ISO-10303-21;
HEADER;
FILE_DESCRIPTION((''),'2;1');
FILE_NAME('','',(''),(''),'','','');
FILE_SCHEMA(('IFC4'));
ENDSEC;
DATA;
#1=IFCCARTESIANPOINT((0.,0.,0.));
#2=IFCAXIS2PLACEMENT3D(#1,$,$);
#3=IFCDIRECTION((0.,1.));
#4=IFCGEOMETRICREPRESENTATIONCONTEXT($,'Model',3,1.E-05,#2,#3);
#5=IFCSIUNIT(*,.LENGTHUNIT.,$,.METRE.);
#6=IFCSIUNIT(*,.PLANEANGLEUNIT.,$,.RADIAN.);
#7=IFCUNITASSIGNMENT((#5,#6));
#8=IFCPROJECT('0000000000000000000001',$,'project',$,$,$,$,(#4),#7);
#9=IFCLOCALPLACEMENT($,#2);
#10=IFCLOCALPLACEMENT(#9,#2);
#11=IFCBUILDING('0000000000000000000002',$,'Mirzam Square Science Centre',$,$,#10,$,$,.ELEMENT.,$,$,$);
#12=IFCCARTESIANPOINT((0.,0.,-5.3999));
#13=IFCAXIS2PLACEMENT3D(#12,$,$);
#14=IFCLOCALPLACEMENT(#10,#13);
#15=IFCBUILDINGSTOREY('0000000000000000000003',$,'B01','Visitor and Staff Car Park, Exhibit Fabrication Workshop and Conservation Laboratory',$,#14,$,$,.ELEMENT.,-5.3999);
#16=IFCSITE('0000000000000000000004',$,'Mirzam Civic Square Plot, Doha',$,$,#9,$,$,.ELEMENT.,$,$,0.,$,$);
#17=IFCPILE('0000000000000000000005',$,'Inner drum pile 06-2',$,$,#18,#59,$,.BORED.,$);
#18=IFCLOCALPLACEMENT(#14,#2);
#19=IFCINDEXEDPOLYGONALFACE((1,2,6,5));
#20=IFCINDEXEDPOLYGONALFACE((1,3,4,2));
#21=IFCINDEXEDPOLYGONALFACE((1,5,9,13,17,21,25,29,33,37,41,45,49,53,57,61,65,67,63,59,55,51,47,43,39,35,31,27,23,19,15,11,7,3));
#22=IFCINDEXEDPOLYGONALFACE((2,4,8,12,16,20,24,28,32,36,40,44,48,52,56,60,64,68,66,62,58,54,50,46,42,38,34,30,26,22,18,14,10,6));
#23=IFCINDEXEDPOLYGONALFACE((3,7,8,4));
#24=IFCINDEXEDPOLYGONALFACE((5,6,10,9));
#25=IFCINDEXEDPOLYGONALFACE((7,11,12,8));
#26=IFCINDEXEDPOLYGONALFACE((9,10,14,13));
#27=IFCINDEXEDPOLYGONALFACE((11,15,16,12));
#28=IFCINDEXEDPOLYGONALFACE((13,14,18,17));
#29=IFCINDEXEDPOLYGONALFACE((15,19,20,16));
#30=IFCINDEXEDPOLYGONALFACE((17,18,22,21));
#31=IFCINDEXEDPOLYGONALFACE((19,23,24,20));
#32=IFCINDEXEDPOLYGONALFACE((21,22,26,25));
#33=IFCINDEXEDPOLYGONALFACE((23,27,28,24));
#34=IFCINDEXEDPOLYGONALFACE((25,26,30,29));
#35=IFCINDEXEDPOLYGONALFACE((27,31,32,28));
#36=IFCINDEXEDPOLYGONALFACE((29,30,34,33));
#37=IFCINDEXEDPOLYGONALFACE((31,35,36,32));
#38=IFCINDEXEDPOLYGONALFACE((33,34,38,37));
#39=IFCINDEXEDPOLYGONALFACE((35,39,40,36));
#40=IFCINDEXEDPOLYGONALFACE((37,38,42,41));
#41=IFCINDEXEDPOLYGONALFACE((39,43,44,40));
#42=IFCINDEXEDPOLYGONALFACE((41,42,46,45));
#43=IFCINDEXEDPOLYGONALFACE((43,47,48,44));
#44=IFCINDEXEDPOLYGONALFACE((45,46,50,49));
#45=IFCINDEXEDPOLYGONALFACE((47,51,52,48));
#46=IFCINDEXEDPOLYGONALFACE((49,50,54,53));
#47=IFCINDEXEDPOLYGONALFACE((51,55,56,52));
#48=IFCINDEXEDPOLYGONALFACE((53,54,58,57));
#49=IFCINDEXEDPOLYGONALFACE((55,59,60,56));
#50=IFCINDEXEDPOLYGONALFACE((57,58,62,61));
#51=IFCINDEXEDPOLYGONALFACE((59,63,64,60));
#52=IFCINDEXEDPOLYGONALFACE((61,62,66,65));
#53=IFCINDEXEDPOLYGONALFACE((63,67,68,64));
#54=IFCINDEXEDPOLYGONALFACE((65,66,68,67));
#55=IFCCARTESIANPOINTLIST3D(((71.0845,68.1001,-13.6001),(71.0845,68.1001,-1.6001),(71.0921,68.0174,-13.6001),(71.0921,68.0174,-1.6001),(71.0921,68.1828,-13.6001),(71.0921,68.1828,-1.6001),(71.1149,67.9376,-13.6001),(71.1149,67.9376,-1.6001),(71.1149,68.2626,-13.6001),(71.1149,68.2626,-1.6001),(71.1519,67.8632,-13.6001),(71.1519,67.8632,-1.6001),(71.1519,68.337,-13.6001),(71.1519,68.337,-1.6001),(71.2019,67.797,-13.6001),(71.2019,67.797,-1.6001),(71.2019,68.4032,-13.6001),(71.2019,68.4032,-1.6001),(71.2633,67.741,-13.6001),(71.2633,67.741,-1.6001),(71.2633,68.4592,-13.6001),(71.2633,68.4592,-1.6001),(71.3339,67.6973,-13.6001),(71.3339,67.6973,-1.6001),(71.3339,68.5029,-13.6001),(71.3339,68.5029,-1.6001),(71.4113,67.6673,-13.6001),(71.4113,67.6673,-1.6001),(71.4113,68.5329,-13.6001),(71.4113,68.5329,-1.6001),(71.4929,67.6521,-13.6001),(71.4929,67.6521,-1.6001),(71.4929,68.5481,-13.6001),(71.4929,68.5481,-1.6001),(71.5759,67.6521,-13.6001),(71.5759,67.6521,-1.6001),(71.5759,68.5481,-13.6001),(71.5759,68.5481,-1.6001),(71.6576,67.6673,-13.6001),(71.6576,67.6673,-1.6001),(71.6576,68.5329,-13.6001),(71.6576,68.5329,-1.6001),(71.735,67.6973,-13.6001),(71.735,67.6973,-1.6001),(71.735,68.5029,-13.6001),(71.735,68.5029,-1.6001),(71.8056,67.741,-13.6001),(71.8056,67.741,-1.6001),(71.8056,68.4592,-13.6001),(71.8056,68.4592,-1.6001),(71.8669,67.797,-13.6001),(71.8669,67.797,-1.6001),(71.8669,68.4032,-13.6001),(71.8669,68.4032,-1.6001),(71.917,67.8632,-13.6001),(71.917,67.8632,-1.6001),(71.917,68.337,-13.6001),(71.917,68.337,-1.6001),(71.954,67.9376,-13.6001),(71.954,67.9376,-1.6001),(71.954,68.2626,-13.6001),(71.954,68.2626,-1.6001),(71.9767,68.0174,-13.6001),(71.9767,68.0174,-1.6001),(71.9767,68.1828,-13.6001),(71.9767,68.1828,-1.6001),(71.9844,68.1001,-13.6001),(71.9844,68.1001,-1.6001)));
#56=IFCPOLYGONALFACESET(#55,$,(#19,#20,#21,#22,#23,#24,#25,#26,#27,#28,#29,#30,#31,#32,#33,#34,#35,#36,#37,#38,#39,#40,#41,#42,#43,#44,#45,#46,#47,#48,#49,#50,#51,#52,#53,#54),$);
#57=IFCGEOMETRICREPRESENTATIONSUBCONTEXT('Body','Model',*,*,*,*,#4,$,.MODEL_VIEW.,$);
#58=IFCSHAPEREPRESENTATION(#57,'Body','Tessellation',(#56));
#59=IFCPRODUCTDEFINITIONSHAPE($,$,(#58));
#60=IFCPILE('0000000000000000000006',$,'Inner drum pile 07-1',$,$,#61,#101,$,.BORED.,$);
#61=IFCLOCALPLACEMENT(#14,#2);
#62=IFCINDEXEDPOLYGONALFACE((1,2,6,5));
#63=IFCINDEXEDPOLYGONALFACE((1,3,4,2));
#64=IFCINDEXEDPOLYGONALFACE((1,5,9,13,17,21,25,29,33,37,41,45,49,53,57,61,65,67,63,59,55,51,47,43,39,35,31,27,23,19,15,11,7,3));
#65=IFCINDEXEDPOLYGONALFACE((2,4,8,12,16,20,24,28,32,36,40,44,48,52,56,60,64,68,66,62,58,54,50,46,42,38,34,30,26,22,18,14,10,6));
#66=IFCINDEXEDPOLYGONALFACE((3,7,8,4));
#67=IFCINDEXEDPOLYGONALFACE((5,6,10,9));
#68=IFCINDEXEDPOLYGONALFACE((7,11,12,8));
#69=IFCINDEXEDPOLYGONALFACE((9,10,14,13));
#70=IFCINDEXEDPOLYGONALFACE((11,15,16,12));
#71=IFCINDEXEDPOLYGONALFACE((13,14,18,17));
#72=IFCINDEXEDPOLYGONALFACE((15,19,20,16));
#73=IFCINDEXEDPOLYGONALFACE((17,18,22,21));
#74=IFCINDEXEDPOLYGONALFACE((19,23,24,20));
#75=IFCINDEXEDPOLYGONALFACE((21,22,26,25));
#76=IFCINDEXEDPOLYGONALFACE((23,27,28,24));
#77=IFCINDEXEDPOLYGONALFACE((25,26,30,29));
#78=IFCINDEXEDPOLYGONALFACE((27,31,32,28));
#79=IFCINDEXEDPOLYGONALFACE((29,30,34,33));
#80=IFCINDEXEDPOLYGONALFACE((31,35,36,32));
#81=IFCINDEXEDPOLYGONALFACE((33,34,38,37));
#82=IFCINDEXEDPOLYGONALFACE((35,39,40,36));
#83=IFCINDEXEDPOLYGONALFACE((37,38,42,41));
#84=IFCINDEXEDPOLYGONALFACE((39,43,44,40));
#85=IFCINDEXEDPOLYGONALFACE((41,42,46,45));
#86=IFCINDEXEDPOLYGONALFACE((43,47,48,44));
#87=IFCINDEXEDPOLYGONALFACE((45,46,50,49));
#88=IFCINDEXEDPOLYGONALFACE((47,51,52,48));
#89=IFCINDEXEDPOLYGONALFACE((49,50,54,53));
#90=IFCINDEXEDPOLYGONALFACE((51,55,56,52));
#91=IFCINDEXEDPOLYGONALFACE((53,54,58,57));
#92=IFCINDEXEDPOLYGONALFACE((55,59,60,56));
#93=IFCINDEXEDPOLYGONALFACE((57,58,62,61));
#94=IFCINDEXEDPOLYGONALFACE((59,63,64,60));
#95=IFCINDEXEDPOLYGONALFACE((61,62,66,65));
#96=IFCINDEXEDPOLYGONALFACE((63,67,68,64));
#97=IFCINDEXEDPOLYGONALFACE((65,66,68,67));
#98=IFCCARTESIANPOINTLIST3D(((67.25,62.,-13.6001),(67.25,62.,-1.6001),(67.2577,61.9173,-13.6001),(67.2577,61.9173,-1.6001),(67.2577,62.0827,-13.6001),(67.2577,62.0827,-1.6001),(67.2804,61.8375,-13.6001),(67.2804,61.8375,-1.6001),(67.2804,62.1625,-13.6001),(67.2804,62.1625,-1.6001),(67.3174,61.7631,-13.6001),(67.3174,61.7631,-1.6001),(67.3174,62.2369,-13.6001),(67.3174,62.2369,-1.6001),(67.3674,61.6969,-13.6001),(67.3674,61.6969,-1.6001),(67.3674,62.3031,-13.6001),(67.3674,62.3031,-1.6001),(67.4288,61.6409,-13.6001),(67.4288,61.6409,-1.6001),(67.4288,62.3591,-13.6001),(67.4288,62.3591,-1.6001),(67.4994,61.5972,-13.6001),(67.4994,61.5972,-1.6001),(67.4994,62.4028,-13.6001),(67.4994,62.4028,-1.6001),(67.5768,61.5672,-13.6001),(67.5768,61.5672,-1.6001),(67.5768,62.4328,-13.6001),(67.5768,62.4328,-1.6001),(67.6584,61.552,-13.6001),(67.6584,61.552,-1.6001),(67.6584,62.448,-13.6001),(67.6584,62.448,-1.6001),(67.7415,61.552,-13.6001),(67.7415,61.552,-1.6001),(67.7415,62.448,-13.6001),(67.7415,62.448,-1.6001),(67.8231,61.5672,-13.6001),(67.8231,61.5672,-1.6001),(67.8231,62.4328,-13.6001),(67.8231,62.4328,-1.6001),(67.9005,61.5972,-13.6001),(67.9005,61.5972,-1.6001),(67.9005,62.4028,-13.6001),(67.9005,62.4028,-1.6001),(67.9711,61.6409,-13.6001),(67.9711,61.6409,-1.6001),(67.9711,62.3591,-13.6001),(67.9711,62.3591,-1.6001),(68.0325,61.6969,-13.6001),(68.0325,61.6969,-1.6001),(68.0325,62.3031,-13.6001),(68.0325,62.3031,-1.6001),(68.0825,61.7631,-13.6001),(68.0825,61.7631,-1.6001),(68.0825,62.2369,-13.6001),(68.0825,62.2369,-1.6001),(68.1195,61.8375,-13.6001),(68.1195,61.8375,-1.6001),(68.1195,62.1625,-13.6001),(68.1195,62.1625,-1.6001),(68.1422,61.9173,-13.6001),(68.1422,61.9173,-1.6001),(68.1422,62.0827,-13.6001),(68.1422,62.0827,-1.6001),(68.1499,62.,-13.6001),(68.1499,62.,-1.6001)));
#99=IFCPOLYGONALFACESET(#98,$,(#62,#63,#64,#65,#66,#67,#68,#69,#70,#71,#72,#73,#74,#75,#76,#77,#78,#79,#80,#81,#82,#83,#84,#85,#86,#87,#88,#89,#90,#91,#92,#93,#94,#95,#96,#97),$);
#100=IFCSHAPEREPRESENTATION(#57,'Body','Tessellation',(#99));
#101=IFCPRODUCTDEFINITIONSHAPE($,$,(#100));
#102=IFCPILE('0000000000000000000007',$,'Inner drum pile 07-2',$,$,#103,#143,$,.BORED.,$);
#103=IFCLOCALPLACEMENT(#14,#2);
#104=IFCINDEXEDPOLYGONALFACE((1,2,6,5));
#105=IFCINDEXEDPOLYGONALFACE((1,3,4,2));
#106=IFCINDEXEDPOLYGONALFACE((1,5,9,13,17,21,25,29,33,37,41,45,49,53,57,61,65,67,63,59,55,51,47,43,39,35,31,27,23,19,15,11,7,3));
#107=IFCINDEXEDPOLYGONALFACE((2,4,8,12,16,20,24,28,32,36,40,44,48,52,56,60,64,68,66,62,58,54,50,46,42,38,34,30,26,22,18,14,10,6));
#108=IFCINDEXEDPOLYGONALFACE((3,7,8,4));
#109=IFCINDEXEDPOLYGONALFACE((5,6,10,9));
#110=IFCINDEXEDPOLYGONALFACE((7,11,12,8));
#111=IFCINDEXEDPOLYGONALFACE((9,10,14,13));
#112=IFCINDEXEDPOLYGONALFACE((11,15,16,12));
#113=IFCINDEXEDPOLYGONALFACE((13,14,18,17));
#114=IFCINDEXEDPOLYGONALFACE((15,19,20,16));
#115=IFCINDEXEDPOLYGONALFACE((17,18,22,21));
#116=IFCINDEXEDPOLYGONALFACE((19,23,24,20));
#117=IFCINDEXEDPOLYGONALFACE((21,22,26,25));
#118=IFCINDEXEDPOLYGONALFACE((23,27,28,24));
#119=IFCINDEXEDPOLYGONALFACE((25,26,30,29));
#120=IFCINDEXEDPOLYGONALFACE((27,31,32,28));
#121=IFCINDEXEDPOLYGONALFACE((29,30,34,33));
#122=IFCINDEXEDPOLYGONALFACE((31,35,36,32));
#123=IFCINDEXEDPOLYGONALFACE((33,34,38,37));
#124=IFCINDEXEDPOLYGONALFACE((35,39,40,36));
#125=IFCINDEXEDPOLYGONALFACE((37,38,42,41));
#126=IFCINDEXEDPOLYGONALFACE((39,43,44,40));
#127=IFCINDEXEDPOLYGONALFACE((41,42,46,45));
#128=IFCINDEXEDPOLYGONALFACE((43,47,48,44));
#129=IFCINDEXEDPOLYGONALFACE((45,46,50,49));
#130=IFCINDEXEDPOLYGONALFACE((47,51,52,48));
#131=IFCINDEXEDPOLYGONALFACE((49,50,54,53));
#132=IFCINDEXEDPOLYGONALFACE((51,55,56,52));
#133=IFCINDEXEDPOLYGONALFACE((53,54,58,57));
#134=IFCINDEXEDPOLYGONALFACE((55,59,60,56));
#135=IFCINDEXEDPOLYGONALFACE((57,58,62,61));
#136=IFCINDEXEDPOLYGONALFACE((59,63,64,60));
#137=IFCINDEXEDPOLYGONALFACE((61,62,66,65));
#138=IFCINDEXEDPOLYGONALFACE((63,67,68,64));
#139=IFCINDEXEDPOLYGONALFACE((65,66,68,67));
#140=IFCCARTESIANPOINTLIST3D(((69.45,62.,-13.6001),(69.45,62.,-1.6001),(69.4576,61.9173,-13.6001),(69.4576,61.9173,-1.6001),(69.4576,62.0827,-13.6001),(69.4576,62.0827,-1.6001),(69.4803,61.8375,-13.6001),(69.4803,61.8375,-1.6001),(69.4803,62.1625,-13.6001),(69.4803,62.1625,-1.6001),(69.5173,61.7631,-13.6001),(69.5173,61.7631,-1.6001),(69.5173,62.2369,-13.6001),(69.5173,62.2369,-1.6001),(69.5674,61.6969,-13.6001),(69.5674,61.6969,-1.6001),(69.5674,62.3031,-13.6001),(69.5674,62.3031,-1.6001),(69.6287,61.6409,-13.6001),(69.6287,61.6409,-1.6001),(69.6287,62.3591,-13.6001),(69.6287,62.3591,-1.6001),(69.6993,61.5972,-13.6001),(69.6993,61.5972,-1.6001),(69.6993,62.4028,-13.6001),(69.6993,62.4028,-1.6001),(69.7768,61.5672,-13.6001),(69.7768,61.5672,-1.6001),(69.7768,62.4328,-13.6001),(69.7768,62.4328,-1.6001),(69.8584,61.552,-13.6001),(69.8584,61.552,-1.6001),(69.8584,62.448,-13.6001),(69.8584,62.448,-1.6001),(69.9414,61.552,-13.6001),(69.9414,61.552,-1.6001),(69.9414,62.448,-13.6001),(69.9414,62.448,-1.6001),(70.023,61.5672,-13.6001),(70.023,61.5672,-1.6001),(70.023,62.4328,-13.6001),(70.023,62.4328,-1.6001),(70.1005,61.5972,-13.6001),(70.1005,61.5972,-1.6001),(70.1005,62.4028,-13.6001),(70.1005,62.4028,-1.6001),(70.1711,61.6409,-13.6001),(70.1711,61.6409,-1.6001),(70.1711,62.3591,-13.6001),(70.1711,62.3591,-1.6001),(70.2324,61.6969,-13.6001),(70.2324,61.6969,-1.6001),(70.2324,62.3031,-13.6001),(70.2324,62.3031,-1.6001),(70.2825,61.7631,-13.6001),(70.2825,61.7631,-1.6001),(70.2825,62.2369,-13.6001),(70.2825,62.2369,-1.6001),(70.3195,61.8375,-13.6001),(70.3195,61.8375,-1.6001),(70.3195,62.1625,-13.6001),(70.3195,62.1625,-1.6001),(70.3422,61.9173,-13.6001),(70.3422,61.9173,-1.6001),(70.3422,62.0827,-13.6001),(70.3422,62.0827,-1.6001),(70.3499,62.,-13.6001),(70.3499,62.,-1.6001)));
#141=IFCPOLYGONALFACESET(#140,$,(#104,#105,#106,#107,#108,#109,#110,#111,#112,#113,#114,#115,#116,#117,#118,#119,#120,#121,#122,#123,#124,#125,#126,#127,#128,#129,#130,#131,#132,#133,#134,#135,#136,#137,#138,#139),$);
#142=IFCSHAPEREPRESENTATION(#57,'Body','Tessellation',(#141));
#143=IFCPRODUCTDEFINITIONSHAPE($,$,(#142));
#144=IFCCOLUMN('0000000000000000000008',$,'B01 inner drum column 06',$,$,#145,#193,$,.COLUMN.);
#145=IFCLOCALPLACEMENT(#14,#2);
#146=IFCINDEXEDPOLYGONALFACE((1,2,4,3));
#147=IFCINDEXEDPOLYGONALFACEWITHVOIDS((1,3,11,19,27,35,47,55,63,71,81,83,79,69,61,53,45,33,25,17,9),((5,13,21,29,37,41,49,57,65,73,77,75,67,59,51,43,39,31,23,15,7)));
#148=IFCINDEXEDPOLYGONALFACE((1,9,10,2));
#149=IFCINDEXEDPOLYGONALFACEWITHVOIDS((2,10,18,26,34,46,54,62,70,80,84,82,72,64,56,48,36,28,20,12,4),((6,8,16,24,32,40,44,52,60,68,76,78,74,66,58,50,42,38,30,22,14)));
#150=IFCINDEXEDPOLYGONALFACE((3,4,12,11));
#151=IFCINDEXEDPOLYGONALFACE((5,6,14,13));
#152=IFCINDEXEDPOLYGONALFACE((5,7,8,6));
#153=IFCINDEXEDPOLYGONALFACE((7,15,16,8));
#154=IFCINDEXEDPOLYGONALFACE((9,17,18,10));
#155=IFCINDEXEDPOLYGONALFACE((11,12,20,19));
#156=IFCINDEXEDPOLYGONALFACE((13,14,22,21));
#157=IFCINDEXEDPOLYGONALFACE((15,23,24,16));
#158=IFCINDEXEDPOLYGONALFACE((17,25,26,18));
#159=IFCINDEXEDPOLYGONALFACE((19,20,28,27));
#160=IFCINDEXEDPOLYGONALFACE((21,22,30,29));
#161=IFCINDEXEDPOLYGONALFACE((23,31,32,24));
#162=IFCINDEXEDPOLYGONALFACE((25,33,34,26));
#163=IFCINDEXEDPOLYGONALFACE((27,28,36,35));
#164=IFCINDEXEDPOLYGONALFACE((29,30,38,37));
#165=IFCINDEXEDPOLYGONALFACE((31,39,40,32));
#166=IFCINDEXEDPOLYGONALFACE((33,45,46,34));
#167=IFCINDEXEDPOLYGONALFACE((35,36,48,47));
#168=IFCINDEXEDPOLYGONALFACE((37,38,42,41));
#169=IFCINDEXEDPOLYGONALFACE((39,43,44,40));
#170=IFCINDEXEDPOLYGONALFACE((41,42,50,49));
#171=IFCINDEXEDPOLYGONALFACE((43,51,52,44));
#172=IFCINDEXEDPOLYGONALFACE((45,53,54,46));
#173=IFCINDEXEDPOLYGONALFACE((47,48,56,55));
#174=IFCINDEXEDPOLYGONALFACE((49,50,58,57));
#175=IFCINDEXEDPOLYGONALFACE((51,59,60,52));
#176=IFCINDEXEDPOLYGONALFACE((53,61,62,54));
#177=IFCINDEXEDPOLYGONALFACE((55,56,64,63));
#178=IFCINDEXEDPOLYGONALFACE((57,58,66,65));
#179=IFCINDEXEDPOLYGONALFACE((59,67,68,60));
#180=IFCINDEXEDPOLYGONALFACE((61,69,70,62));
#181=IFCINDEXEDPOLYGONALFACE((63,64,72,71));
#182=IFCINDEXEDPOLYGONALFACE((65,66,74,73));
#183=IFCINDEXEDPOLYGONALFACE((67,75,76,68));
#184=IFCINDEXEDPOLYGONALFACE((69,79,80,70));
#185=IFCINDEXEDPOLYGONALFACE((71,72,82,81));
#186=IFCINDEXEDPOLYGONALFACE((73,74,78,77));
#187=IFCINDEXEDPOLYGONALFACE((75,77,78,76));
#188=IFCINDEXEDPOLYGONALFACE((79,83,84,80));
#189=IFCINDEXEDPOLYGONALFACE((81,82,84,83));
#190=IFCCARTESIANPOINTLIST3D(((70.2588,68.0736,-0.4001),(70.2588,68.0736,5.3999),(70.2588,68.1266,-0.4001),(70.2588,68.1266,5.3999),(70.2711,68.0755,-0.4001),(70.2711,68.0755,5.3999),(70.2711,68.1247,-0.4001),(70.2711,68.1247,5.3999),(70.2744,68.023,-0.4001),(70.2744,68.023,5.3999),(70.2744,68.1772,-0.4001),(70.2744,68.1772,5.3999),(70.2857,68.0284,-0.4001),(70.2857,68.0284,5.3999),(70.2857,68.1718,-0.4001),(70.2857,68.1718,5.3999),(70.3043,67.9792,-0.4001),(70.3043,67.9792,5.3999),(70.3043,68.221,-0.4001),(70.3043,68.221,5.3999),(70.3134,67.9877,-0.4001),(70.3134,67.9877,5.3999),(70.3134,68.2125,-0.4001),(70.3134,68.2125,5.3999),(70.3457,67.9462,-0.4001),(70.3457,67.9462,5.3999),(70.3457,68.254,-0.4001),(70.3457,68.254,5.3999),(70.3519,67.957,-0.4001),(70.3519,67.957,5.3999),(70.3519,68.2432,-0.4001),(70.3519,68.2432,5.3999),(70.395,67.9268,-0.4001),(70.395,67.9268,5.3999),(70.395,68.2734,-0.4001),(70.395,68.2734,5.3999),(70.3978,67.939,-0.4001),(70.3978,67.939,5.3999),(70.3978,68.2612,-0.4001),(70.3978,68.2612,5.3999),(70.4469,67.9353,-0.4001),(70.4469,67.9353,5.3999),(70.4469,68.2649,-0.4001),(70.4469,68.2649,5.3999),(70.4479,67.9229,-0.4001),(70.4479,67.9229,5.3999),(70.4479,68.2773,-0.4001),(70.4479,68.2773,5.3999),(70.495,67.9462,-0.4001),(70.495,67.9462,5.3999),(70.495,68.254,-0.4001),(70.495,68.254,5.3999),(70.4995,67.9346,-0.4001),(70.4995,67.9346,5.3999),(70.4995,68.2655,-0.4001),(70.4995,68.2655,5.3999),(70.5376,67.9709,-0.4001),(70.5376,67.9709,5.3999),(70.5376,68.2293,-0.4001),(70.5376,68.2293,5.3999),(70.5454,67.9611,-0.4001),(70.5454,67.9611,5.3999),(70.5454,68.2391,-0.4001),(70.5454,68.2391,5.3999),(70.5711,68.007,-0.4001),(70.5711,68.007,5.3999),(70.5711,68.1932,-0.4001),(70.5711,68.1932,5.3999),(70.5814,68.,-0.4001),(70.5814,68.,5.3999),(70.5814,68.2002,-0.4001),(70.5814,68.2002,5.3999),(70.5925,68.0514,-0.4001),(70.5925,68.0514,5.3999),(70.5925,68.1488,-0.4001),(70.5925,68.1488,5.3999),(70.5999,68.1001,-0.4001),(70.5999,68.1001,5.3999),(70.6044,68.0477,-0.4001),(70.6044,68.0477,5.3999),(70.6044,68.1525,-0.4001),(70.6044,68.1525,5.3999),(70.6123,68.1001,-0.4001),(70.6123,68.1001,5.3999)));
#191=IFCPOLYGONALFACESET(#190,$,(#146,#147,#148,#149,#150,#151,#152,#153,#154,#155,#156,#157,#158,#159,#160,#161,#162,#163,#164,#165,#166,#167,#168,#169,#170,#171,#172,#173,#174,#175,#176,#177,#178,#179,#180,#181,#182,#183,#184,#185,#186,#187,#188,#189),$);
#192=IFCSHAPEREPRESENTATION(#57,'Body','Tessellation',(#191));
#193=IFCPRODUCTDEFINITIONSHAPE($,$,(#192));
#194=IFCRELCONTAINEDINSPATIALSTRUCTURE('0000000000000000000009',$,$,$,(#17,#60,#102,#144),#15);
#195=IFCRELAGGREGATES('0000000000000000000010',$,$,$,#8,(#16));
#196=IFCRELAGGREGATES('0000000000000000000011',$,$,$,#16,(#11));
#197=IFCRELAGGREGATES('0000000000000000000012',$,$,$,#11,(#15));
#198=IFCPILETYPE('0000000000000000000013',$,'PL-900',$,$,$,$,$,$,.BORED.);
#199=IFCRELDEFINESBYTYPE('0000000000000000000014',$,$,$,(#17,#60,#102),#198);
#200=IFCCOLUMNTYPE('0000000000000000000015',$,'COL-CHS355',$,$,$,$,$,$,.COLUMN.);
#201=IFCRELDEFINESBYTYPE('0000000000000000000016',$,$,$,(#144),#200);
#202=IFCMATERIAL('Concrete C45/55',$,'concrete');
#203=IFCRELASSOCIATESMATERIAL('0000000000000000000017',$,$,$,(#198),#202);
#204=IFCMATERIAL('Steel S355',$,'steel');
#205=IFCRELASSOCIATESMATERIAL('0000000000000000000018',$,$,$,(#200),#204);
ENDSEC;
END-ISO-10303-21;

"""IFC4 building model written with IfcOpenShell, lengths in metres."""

from ifc_helpers import new_model, si_unit, direction, frame, origin, origin_2d, place, context, subcontext, project, spatial, circle, hollow_circle, extrude, material, material_profile, profile_set, type_object, element, save


model = new_model("IFC4")

# Units and contexts
model_context = context("Model", 3, precision=1e-05, world=origin(), true_north=direction((0.0, 1.0)))
body_context = subcontext(model_context, "Body", "Model", "MODEL_VIEW")
ifc_project = project(units=[si_unit("LENGTHUNIT", "METRE"), si_unit("PLANEANGLEUNIT", "RADIAN")], contexts=[model_context])

# Site, building, storey
site_placement = place(None, origin())
site = spatial("IfcSite", under=ifc_project, at=site_placement, Name="Mirzam Civic Square Plot, Doha", CompositionType="ELEMENT", RefElevation=0.0)
building_placement = place(site_placement, origin())
building = spatial("IfcBuilding", under=site, at=building_placement, Name="Mirzam Square Science Centre", CompositionType="ELEMENT")
storey_placement = place(building_placement, frame((0.0, 0.0, -5.3999)))
storey = spatial("IfcBuildingStorey", under=building, at=storey_placement, Name="B01", Description="Visitor and Staff Car Park, Exhibit Fabrication Workshop and Conservation Laboratory", CompositionType="ELEMENT", Elevation=-5.3999)

# Shared definitions
ifc_material_1 = material(Name="Concrete C45/55", Category="concrete")

# Piles
ifc_material_profile_1 = material_profile(ifc_material_1, circle(Radius=0.45, at=origin_2d()), Name="PILE-D900")
ifc_profile_set_1 = profile_set([ifc_material_profile_1], Name="Concrete C45/55")
pile_type_1 = type_object("IfcPileType", Name="PL-900", PredefinedType="BORED", material=ifc_profile_set_1)
for number, where, z_axis, x_axis, name in (
    (1, (71.5344, 68.1001, -1.6001), (0.0, 0.0, -1.0), (1.0, 0.0, 0.0), "Inner drum pile 06-2"),
    (2, (67.7, 62.0, -1.6001), (0.0, 0.0, -1.0), (1.0, 0.0, 0.0), "Inner drum pile 07-1"),
    (3, (69.8999, 62.0, -1.6001), (0.0, 0.0, -1.0), (1.0, 0.0, 0.0), "Inner drum pile 07-2"),
):
    element("IfcPile", number, at=place(storey_placement, frame(where, z_axis=z_axis, x_axis=x_axis)), inside=storey, type_object=pile_type_1, Name=name, PredefinedType="BORED", context=body_context, shape_type="SweptSolid", body=[
        extrude(circle(Radius=0.45, at=origin_2d()), origin(), (0.0, 0.0, 1.0), 12.0),
    ])

# Column
ifc_material_2 = material(Name="Steel S355", Category="steel")
ifc_material_profile_2 = material_profile(ifc_material_2, hollow_circle(Radius=0.1777, WallThickness=0.0125, at=origin_2d()), Name="355.6x12.5CHS")
ifc_profile_set_2 = profile_set([ifc_material_profile_2], Name="Steel S355")
column_type_1 = type_object("IfcColumnType", Name="COL-CHS355", PredefinedType="COLUMN", material=ifc_profile_set_2)
for number, where, z_axis, x_axis, name in (
    (4, (70.4346, 68.1001, -0.4001), (0.0, 0.0, 1.0), (1.0, 0.0, 0.0), "B01 inner drum column 06"),
):
    element("IfcColumn", number, at=place(storey_placement, frame(where, z_axis=z_axis, x_axis=x_axis)), inside=storey, type_object=column_type_1, Name=name, PredefinedType="COLUMN", context=body_context, shape_type="SweptSolid", body=[
        extrude(hollow_circle(Radius=0.1777, WallThickness=0.0125, at=origin_2d()), origin(), (0.0, 0.0, 1.0), 5.8),
    ])

save(model, "model.ifc")
